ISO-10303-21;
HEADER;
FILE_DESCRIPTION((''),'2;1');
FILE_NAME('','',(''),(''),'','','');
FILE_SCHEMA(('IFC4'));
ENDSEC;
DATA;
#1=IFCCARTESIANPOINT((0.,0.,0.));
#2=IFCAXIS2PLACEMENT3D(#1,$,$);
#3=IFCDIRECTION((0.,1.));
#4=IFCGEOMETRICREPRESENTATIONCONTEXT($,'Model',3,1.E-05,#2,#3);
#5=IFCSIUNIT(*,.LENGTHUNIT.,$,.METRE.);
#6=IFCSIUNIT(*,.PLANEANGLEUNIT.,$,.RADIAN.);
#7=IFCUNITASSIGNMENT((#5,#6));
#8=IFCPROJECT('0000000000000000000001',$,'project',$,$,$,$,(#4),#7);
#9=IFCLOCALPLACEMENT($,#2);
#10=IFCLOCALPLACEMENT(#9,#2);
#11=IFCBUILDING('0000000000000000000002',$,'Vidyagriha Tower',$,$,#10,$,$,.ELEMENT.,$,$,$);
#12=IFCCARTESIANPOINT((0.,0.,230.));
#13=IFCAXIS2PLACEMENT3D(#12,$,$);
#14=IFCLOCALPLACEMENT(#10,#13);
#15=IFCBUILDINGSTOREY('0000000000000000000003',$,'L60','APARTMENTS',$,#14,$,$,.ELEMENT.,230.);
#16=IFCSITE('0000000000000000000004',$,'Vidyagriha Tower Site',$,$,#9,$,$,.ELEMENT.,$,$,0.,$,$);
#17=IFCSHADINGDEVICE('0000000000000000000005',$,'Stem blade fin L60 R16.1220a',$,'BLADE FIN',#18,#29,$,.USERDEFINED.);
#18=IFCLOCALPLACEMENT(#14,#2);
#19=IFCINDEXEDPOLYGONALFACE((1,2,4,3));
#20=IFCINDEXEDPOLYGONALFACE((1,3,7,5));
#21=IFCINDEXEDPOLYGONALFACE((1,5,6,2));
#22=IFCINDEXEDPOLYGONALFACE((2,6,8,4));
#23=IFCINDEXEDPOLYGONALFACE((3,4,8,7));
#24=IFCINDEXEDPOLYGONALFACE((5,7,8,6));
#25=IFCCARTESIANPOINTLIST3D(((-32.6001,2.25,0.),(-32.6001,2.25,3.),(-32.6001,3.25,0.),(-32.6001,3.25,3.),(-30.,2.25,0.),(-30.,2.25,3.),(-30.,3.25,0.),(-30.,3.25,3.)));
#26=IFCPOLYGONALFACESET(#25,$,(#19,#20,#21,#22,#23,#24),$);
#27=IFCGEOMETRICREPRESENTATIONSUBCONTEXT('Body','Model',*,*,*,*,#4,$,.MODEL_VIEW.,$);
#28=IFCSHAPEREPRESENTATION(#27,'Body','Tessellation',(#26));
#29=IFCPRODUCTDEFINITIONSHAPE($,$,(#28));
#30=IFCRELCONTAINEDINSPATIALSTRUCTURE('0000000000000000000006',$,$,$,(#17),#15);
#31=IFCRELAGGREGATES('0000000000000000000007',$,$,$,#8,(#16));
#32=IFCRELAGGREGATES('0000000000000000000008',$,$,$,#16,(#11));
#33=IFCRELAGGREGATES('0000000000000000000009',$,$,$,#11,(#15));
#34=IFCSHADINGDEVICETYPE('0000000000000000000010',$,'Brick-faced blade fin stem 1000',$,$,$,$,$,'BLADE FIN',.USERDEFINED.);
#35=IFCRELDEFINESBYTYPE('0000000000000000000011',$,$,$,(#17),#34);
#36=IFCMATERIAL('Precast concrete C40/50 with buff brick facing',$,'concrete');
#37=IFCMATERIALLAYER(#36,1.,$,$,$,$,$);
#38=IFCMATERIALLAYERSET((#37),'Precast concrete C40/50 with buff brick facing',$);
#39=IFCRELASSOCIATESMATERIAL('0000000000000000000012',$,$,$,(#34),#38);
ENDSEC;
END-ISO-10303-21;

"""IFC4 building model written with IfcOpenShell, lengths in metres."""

from ifc_helpers import new_model, si_unit, direction, frame, origin, place, context, subcontext, project, spatial, polyline, outline, extrude, material, layer, layer_set, type_object, element, save


model = new_model("IFC4")

# Units and contexts
model_context = context("Model", 3, precision=1e-05, world=origin(), true_north=direction((0.0, 1.0)))
body_context = subcontext(model_context, "Body", "Model", "MODEL_VIEW")
ifc_project = project(units=[si_unit("LENGTHUNIT", "METRE"), si_unit("PLANEANGLEUNIT", "RADIAN")], contexts=[model_context])

# Site, building, storey
site_placement = place(None, origin())
site = spatial("IfcSite", under=ifc_project, at=site_placement, Name="Vidyagriha Tower Site", CompositionType="ELEMENT", RefElevation=0.0)
building_placement = place(site_placement, origin())
building = spatial("IfcBuilding", under=site, at=building_placement, Name="Vidyagriha Tower", CompositionType="ELEMENT")
storey_placement = place(building_placement, frame((0.0, 0.0, 230.0)))
storey = spatial("IfcBuildingStorey", under=building, at=storey_placement, Name="L60", Description="APARTMENTS", CompositionType="ELEMENT", Elevation=230.0)

# Shading device
ifc_material_1 = material(Name="Precast concrete C40/50 with buff brick facing", Category="concrete")
ifc_layer_1 = layer(ifc_material_1, 1.0)
ifc_layer_set_1 = layer_set([ifc_layer_1], Name="Precast concrete C40/50 with buff brick facing")
shading_device_type_1 = type_object("IfcShadingDeviceType", Name="Brick-faced blade fin stem 1000", ElementType="BLADE FIN", PredefinedType="USERDEFINED", material=ifc_layer_set_1)
shading_device_1_placement = place(storey_placement, frame((-31.3, 3.25, 0.0), z_axis=(0.0, 0.0, 1.0), x_axis=(0.0, -1.0, 0.0)))
element("IfcShadingDevice", 1, at=shading_device_1_placement, inside=storey, type_object=shading_device_type_1, Name="Stem blade fin L60 R16.1220a", ObjectType="BLADE FIN", PredefinedType="USERDEFINED", context=body_context, shape_type="SweptSolid", body=[
    extrude(outline(polyline([(0.0, 0.0), (1.0, 0.0), (1.0, 3.0), (0.0, 3.0), (0.0, 0.0)])), frame((0.0, 1.3, 0.0), z_axis=(0.0, -1.0, 0.0), x_axis=(1.0, 0.0, 0.0)), (0.0, 0.0, 1.0), 2.6001),
])

save(model, "model.ifc")
